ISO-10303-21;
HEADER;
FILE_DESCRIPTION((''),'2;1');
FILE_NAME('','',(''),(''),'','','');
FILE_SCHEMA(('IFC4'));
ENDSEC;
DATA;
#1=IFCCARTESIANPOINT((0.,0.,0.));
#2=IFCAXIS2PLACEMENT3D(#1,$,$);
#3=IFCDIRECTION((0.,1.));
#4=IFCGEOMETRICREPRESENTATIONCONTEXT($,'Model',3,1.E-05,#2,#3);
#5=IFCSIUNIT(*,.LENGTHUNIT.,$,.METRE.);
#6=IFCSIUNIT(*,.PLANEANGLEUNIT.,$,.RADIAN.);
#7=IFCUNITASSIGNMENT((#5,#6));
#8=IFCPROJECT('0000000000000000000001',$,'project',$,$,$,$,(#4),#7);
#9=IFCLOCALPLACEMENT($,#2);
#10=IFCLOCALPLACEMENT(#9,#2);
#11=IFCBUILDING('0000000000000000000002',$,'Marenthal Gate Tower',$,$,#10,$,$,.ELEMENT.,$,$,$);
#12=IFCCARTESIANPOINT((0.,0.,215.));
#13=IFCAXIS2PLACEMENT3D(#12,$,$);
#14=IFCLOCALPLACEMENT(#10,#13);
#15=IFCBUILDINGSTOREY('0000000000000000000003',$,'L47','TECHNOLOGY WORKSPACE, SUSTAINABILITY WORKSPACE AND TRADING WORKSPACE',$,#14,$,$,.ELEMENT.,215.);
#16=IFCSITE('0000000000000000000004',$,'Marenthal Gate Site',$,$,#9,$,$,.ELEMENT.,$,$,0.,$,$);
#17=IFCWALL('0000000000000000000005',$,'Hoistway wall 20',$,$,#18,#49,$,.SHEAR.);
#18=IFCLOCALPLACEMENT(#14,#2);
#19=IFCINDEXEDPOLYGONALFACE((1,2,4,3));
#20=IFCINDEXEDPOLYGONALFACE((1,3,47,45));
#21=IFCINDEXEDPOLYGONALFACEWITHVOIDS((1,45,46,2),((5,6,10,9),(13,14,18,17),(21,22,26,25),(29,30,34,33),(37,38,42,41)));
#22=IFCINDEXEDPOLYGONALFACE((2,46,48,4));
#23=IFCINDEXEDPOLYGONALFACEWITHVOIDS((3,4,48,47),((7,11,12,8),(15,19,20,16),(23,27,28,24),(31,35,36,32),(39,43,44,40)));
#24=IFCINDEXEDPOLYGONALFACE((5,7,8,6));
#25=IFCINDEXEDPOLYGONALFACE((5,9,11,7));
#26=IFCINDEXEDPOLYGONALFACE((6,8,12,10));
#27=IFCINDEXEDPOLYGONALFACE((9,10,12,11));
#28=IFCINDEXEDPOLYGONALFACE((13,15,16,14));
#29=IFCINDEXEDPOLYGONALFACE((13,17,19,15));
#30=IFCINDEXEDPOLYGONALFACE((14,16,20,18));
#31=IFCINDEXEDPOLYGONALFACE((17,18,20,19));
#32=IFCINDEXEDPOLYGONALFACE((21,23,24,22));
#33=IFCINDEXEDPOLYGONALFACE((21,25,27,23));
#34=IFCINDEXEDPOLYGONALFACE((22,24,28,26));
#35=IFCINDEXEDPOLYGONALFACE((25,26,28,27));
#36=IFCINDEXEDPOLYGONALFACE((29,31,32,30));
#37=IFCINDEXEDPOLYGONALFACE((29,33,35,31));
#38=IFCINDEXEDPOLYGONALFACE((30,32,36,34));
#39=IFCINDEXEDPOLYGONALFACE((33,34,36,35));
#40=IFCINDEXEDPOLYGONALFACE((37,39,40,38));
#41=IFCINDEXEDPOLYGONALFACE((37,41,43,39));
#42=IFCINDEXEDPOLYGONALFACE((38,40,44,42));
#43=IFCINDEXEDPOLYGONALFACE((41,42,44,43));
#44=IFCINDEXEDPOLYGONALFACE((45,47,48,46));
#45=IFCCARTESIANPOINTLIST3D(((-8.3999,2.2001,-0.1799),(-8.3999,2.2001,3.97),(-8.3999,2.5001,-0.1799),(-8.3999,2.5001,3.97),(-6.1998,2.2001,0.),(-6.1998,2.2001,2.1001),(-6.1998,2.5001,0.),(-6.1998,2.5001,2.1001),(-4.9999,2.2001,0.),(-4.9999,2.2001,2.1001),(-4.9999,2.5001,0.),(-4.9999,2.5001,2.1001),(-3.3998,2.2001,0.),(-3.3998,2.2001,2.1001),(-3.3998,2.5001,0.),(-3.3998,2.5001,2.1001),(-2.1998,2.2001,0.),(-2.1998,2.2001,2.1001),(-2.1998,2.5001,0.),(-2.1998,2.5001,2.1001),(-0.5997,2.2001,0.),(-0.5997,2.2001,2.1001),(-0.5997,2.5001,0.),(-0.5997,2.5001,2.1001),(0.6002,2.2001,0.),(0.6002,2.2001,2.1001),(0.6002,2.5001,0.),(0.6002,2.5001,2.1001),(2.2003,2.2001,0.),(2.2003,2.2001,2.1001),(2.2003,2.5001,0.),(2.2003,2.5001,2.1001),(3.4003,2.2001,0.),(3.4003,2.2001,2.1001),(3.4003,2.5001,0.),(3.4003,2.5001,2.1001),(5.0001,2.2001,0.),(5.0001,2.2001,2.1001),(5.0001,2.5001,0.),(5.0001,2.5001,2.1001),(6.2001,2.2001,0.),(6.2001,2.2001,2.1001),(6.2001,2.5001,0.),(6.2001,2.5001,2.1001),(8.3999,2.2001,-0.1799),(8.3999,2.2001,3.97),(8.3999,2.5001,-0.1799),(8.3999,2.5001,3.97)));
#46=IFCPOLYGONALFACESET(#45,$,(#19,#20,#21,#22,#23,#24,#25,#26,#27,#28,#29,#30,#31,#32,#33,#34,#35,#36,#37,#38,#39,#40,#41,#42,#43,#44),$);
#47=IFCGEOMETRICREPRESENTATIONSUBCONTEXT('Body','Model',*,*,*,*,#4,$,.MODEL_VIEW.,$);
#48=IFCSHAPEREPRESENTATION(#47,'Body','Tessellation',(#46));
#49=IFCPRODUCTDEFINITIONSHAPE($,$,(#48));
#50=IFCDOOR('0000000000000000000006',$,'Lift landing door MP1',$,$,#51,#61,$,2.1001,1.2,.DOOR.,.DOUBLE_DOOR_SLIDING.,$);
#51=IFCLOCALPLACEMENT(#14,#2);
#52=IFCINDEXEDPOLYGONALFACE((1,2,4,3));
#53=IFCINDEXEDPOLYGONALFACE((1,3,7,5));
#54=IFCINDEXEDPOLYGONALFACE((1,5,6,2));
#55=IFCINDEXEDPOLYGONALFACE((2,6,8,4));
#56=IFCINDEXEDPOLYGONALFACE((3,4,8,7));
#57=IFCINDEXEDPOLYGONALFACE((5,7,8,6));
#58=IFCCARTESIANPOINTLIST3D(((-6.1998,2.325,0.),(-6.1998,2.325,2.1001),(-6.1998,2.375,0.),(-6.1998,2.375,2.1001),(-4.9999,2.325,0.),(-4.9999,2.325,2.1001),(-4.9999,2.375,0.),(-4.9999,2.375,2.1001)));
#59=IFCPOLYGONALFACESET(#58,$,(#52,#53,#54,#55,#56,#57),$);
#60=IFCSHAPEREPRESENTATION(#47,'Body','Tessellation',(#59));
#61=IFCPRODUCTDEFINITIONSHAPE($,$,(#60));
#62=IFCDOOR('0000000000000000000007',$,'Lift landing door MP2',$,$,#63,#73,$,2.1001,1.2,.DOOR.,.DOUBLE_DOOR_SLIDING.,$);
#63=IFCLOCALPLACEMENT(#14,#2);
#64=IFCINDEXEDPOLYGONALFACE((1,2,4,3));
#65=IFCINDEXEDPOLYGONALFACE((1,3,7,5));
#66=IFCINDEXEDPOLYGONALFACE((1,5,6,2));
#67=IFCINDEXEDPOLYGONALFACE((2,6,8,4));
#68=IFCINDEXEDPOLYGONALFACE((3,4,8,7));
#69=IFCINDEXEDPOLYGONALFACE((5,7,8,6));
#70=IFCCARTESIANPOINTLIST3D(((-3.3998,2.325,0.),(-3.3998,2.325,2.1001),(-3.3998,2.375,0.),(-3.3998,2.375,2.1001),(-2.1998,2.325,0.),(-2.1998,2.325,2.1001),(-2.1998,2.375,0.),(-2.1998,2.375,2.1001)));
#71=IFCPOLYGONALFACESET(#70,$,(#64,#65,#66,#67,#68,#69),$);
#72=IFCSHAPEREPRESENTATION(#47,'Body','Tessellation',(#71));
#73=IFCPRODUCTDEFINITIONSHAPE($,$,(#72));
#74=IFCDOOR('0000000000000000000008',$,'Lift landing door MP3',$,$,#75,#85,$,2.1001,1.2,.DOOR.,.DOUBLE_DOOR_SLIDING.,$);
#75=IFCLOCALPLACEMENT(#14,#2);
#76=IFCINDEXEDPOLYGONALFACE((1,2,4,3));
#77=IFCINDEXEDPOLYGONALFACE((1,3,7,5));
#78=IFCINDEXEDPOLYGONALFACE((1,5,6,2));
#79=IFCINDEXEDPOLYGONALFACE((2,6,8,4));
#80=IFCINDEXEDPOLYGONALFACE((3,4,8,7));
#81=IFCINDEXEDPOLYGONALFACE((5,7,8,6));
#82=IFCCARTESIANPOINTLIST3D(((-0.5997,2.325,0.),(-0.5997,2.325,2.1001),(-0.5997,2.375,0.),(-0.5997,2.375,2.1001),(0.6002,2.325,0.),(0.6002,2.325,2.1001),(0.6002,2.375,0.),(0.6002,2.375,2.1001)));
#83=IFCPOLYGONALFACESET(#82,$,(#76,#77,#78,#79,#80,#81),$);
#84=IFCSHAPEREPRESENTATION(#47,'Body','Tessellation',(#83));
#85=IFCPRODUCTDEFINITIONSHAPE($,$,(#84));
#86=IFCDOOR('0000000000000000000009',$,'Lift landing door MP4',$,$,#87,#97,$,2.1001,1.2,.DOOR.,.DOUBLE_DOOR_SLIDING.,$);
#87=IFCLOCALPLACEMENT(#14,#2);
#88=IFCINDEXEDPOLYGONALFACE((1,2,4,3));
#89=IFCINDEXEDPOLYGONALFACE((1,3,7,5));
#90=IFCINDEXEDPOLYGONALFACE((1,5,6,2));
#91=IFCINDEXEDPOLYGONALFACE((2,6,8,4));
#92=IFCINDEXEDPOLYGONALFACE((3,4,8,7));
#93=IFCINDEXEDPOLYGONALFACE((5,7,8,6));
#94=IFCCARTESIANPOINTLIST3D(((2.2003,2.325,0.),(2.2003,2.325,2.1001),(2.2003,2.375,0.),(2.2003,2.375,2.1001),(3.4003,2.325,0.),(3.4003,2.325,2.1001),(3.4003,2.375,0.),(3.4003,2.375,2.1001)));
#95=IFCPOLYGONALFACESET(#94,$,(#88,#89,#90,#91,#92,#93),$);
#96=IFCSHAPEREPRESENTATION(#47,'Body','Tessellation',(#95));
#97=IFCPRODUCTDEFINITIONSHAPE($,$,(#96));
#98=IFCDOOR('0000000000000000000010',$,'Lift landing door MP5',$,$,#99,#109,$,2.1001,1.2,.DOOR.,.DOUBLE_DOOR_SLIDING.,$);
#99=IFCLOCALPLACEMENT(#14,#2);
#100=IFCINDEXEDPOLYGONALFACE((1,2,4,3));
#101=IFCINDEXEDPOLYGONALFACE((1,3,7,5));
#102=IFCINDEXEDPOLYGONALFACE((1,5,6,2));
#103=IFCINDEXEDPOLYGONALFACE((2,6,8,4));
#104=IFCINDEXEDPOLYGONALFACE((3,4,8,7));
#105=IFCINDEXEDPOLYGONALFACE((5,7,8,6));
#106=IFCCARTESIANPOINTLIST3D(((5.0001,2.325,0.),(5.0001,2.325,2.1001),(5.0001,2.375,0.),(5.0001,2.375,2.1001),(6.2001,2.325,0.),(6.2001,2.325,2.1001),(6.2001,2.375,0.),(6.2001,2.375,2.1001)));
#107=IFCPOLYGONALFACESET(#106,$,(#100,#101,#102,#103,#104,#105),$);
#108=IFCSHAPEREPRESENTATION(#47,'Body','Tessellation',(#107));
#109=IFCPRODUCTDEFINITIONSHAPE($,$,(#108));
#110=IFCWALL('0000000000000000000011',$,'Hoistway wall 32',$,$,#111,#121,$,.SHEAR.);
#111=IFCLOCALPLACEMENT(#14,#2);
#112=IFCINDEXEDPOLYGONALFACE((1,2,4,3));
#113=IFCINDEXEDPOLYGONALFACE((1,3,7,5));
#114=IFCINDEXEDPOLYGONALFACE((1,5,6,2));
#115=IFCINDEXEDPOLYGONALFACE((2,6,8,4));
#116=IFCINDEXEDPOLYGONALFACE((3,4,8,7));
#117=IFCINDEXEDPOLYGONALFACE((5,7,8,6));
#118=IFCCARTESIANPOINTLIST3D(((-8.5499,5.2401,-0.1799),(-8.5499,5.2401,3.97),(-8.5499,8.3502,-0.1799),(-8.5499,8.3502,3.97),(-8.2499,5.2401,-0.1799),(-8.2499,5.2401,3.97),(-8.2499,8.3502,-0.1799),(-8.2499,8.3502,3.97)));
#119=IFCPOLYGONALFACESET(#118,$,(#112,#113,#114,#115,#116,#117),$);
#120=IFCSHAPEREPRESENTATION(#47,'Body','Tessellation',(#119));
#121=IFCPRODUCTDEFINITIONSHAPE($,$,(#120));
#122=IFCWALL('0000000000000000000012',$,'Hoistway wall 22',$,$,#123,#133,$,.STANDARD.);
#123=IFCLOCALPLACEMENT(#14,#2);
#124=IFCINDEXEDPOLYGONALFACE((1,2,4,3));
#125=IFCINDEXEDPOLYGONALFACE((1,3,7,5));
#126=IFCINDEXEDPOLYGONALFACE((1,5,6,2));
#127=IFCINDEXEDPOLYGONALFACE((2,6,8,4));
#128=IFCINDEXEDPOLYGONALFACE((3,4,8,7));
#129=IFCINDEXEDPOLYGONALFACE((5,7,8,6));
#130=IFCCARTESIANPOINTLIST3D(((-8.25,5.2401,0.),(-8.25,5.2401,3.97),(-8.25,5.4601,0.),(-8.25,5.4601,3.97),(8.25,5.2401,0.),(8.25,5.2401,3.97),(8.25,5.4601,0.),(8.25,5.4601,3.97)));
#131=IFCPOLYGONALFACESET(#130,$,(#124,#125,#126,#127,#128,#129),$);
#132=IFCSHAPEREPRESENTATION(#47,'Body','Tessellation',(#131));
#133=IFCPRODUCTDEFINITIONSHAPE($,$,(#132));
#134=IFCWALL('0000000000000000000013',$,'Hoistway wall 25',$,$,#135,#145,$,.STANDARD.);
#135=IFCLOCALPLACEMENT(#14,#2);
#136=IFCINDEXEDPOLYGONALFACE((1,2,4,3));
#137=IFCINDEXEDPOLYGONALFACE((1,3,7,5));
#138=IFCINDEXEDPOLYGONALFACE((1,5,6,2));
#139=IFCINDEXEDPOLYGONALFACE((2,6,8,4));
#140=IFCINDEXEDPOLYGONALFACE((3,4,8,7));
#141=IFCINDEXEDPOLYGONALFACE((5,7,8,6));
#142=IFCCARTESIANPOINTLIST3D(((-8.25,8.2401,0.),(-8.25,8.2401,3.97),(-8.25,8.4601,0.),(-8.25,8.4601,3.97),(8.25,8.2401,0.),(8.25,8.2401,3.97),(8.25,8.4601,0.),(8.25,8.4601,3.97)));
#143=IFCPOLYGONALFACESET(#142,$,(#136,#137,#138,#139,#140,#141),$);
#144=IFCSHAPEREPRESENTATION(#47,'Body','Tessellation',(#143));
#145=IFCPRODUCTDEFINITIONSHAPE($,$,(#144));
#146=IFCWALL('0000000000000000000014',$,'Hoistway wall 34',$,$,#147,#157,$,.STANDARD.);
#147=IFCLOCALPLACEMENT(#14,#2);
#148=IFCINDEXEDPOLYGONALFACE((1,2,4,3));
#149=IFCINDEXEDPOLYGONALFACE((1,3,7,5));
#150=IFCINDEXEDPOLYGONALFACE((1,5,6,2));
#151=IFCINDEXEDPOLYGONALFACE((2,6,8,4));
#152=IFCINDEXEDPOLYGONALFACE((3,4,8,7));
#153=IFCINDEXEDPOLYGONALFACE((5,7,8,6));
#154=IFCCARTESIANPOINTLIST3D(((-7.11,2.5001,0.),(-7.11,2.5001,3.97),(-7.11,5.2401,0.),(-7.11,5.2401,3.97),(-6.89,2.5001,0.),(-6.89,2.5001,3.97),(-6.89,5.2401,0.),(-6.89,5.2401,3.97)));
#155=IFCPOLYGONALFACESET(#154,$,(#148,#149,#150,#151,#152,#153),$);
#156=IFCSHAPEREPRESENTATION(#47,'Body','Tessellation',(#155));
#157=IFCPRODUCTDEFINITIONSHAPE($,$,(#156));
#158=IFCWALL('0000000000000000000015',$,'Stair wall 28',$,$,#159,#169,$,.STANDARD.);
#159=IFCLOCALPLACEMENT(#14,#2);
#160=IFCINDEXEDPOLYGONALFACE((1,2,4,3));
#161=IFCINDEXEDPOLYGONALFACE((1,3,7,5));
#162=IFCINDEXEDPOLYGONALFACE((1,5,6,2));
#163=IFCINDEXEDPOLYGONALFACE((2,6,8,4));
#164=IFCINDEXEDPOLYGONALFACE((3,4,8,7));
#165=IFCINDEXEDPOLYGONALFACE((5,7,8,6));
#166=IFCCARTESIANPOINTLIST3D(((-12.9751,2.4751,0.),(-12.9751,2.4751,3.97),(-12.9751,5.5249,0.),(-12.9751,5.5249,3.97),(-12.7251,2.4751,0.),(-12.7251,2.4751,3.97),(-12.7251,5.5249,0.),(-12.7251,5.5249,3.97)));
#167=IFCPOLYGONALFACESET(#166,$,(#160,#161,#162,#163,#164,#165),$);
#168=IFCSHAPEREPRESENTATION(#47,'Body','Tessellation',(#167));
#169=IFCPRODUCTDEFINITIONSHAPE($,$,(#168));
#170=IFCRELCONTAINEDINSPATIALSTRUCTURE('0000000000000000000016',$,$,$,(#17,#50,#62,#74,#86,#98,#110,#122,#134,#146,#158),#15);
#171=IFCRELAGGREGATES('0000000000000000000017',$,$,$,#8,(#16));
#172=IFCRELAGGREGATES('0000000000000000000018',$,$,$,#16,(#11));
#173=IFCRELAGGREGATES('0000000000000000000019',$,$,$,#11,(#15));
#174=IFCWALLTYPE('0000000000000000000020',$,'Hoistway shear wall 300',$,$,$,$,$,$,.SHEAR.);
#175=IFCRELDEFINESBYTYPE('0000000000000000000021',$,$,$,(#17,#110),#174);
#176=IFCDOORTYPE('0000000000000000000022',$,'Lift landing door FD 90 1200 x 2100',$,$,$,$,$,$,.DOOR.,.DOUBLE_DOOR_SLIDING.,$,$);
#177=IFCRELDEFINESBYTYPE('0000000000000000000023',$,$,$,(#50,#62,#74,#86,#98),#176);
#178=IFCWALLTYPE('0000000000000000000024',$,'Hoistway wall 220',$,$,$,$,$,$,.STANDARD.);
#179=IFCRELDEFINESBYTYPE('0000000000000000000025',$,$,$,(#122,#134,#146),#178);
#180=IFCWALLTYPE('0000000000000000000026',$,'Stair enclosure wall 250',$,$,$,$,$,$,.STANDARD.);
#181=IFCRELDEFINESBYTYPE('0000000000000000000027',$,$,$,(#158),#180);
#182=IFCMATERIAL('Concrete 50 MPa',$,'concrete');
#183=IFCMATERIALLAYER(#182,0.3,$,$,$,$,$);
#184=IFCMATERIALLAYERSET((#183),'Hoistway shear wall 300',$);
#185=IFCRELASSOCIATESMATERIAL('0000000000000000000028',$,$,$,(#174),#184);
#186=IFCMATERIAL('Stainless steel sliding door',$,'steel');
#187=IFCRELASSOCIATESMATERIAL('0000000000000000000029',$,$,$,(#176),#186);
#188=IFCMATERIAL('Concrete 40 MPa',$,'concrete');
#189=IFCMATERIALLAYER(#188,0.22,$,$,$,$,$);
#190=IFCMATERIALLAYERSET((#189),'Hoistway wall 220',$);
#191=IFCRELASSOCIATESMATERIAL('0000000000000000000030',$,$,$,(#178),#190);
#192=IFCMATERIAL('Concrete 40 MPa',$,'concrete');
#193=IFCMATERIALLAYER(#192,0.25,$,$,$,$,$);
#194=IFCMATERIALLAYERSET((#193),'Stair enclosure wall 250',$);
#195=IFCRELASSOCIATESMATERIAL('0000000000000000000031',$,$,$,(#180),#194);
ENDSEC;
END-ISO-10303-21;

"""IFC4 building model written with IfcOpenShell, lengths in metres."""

from ifc_helpers import new_model, si_unit, direction, frame, frame_2d, origin, place, context, subcontext, project, spatial, rectangle, extrude, material, layer, layer_set, type_object, element, fill, save


model = new_model("IFC4")

# Units and contexts
model_context = context("Model", 3, precision=1e-05, world=origin(), true_north=direction((0.0, 1.0)))
body_context = subcontext(model_context, "Body", "Model", "MODEL_VIEW")
ifc_project = project(units=[si_unit("LENGTHUNIT", "METRE"), si_unit("PLANEANGLEUNIT", "RADIAN")], contexts=[model_context])

# Site, building, storey
site_placement = place(None, origin())
site = spatial("IfcSite", under=ifc_project, at=site_placement, Name="Marenthal Gate Site", CompositionType="ELEMENT", RefElevation=0.0)
building_placement = place(site_placement, origin())
building = spatial("IfcBuilding", under=site, at=building_placement, Name="Marenthal Gate Tower", CompositionType="ELEMENT")
storey_placement = place(building_placement, frame((0.0, 0.0, 215.0)))
storey = spatial("IfcBuildingStorey", under=building, at=storey_placement, Name="L47", Description="TECHNOLOGY WORKSPACE, SUSTAINABILITY WORKSPACE AND TRADING WORKSPACE", CompositionType="ELEMENT", Elevation=215.0)

# Wall, openings, doors
ifc_material_1 = material(Name="Concrete 50 MPa", Category="concrete")
ifc_layer_1 = layer(ifc_material_1, 0.3)
ifc_layer_set_1 = layer_set([ifc_layer_1], Name="Hoistway shear wall 300")
wall_type_1 = type_object("IfcWallType", Name="Hoistway shear wall 300", PredefinedType="SHEAR", material=ifc_layer_set_1)
wall_1_placement = place(storey_placement, frame((-8.3999, 2.3501, -0.1799), z_axis=(0.0, 0.0, 1.0), x_axis=(1.0, 0.0, 0.0)))
wall_1 = element("IfcWall", 1, at=wall_1_placement, inside=storey, type_object=wall_type_1, Name="Hoistway wall 20", PredefinedType="SHEAR", context=body_context, shape_type="SweptSolid", body=[
    extrude(rectangle(XDim=16.7998, YDim=0.3, at=frame_2d((8.3999, 0.0))), origin(), (0.0, 0.0, 1.0), 4.1499),
])
opening_1_placement = place(wall_1_placement, frame((2.2, 0.0, 0.1799)))
opening_1 = element("IfcOpeningElement", 2, at=opening_1_placement, cuts=wall_1, PredefinedType="OPENING", context=body_context, shape_type="SweptSolid", body=[
    extrude(rectangle(XDim=1.2, YDim=2.1001, at=frame_2d((0.6001, 1.05))), frame((0.0, 0.1602, 0.0), z_axis=(0.0, -1.0, 0.0), x_axis=(1.0, 0.0, 0.0)), (0.0, 0.0, 1.0), 0.3201),
])
opening_2_placement = place(wall_1_placement, frame((5.0, 0.0, 0.1799)))
opening_2 = element("IfcOpeningElement", 3, at=opening_2_placement, cuts=wall_1, PredefinedType="OPENING", context=body_context, shape_type="SweptSolid", body=[
    extrude(rectangle(XDim=1.2, YDim=2.1001, at=frame_2d((0.6001, 1.05))), frame((0.0, 0.1602, 0.0), z_axis=(0.0, -1.0, 0.0), x_axis=(1.0, 0.0, 0.0)), (0.0, 0.0, 1.0), 0.3201),
])
opening_3_placement = place(wall_1_placement, frame((7.8, 0.0, 0.1799)))
opening_3 = element("IfcOpeningElement", 4, at=opening_3_placement, cuts=wall_1, PredefinedType="OPENING", context=body_context, shape_type="SweptSolid", body=[
    extrude(rectangle(XDim=1.2, YDim=2.1001, at=frame_2d((0.6001, 1.05))), frame((0.0, 0.1602, 0.0), z_axis=(0.0, -1.0, 0.0), x_axis=(1.0, 0.0, 0.0)), (0.0, 0.0, 1.0), 0.3201),
])
opening_4_placement = place(wall_1_placement, frame((10.6001, 0.0, 0.1799)))
opening_4 = element("IfcOpeningElement", 5, at=opening_4_placement, cuts=wall_1, PredefinedType="OPENING", context=body_context, shape_type="SweptSolid", body=[
    extrude(rectangle(XDim=1.2, YDim=2.1001, at=frame_2d((0.6001, 1.05))), frame((0.0, 0.1602, 0.0), z_axis=(0.0, -1.0, 0.0), x_axis=(1.0, 0.0, 0.0)), (0.0, 0.0, 1.0), 0.3201),
])
opening_5_placement = place(wall_1_placement, frame((13.3999, 0.0, 0.1799)))
opening_5 = element("IfcOpeningElement", 6, at=opening_5_placement, cuts=wall_1, PredefinedType="OPENING", context=body_context, shape_type="SweptSolid", body=[
    extrude(rectangle(XDim=1.2, YDim=2.1001, at=frame_2d((0.6001, 1.05))), frame((0.0, 0.1602, 0.0), z_axis=(0.0, -1.0, 0.0), x_axis=(1.0, 0.0, 0.0)), (0.0, 0.0, 1.0), 0.3201),
])
ifc_material_2 = material(Name="Stainless steel sliding door", Category="steel")
door_type = type_object("IfcDoorType", Name="Lift landing door FD 90 1200 x 2100", OperationType="DOUBLE_DOOR_SLIDING", PredefinedType="DOOR", material=ifc_material_2)
door_1_placement = place(opening_1_placement, origin())
door_1 = element("IfcDoor", 7, at=door_1_placement, inside=storey, type_object=door_type, Name="Lift landing door MP1", OperationType="DOUBLE_DOOR_SLIDING", OverallHeight=2.1001, OverallWidth=1.2, PredefinedType="DOOR", context=body_context, shape_type="SweptSolid", body=[
    extrude(rectangle(XDim=1.2, YDim=2.1001, at=frame_2d((0.6001, 1.05))), frame((0.0, 0.0249, 0.0), z_axis=(0.0, -1.0, 0.0), x_axis=(1.0, 0.0, 0.0)), (0.0, 0.0, 1.0), 0.05),
])
fill(opening_1, door_1)
door_2_placement = place(opening_2_placement, origin())
door_2 = element("IfcDoor", 8, at=door_2_placement, inside=storey, type_object=door_type, Name="Lift landing door MP2", OperationType="DOUBLE_DOOR_SLIDING", OverallHeight=2.1001, OverallWidth=1.2, PredefinedType="DOOR", context=body_context, shape_type="SweptSolid", body=[
    extrude(rectangle(XDim=1.2, YDim=2.1001, at=frame_2d((0.6001, 1.05))), frame((0.0, 0.0249, 0.0), z_axis=(0.0, -1.0, 0.0), x_axis=(1.0, 0.0, 0.0)), (0.0, 0.0, 1.0), 0.05),
])
fill(opening_2, door_2)
door_3_placement = place(opening_3_placement, origin())
door_3 = element("IfcDoor", 9, at=door_3_placement, inside=storey, type_object=door_type, Name="Lift landing door MP3", OperationType="DOUBLE_DOOR_SLIDING", OverallHeight=2.1001, OverallWidth=1.2, PredefinedType="DOOR", context=body_context, shape_type="SweptSolid", body=[
    extrude(rectangle(XDim=1.2, YDim=2.1001, at=frame_2d((0.6001, 1.05))), frame((0.0, 0.0249, 0.0), z_axis=(0.0, -1.0, 0.0), x_axis=(1.0, 0.0, 0.0)), (0.0, 0.0, 1.0), 0.05),
])
fill(opening_3, door_3)
door_4_placement = place(opening_4_placement, origin())
door_4 = element("IfcDoor", 10, at=door_4_placement, inside=storey, type_object=door_type, Name="Lift landing door MP4", OperationType="DOUBLE_DOOR_SLIDING", OverallHeight=2.1001, OverallWidth=1.2, PredefinedType="DOOR", context=body_context, shape_type="SweptSolid", body=[
    extrude(rectangle(XDim=1.2, YDim=2.1001, at=frame_2d((0.6001, 1.05))), frame((0.0, 0.0249, 0.0), z_axis=(0.0, -1.0, 0.0), x_axis=(1.0, 0.0, 0.0)), (0.0, 0.0, 1.0), 0.05),
])
fill(opening_4, door_4)
door_5_placement = place(opening_5_placement, origin())
door_5 = element("IfcDoor", 11, at=door_5_placement, inside=storey, type_object=door_type, Name="Lift landing door MP5", OperationType="DOUBLE_DOOR_SLIDING", OverallHeight=2.1001, OverallWidth=1.2, PredefinedType="DOOR", context=body_context, shape_type="SweptSolid", body=[
    extrude(rectangle(XDim=1.2, YDim=2.1001, at=frame_2d((0.6001, 1.05))), frame((0.0, 0.0249, 0.0), z_axis=(0.0, -1.0, 0.0), x_axis=(1.0, 0.0, 0.0)), (0.0, 0.0, 1.0), 0.05),
])
fill(opening_5, door_5)

# Walls
wall_2_placement = place(storey_placement, frame((-8.3999, 5.24, -0.1799), z_axis=(0.0, 0.0, 1.0), x_axis=(0.0, 1.0, 0.0)))
element("IfcWall", 12, at=wall_2_placement, inside=storey, type_object=wall_type_1, Name="Hoistway wall 32", PredefinedType="SHEAR", context=body_context, shape_type="SweptSolid", body=[
    extrude(rectangle(XDim=3.1101, YDim=0.3, at=frame_2d((1.5552, 0.0))), origin(), (0.0, 0.0, 1.0), 4.1499),
])
ifc_material_3 = material(Name="Concrete 40 MPa", Category="concrete")
ifc_layer_2 = layer(ifc_material_3, 0.22)
ifc_layer_set_2 = layer_set([ifc_layer_2], Name="Hoistway wall 220")
wall_type_2 = type_object("IfcWallType", Name="Hoistway wall 220", PredefinedType="STANDARD", material=ifc_layer_set_2)
for number, where, z_axis, x_axis, name in (
    (13, (-8.25, 5.3501, 0.0), (0.0, 0.0, 1.0), (1.0, 0.0, 0.0), "Hoistway wall 22"),
    (14, (-8.25, 8.3501, 0.0), (0.0, 0.0, 1.0), (1.0, 0.0, 0.0), "Hoistway wall 25"),
):
    element("IfcWall", number, at=place(storey_placement, frame(where, z_axis=z_axis, x_axis=x_axis)), inside=storey, type_object=wall_type_2, Name=name, PredefinedType="STANDARD", context=body_context, shape_type="SweptSolid", body=[
        extrude(rectangle(XDim=16.5, YDim=0.22, at=frame_2d((8.25, 0.0))), origin(), (0.0, 0.0, 1.0), 3.97),
    ])
wall_3_placement = place(storey_placement, frame((-7.0, 2.5, 0.0), z_axis=(0.0, 0.0, 1.0), x_axis=(0.0, 1.0, 0.0)))
element("IfcWall", 15, at=wall_3_placement, inside=storey, type_object=wall_type_2, Name="Hoistway wall 34", PredefinedType="STANDARD", context=body_context, shape_type="SweptSolid", body=[
    extrude(rectangle(XDim=2.74, YDim=0.22, at=frame_2d((1.3701, 0.0))), origin(), (0.0, 0.0, 1.0), 3.97),
])
ifc_material_4 = material(Name="Concrete 40 MPa", Category="concrete")
ifc_layer_3 = layer(ifc_material_4, 0.25)
ifc_layer_set_3 = layer_set([ifc_layer_3], Name="Stair enclosure wall 250")
wall_type_3 = type_object("IfcWallType", Name="Stair enclosure wall 250", PredefinedType="STANDARD", material=ifc_layer_set_3)
wall_4_placement = place(storey_placement, frame((-12.8501, 2.4751, 0.0), z_axis=(0.0, 0.0, 1.0), x_axis=(0.0, 1.0, 0.0)))
element("IfcWall", 16, at=wall_4_placement, inside=storey, type_object=wall_type_3, Name="Stair wall 28", PredefinedType="STANDARD", context=body_context, shape_type="SweptSolid", body=[
    extrude(rectangle(XDim=3.0498, YDim=0.25, at=frame_2d((1.5249, 0.0))), origin(), (0.0, 0.0, 1.0), 3.97),
])

save(model, "model.ifc")
